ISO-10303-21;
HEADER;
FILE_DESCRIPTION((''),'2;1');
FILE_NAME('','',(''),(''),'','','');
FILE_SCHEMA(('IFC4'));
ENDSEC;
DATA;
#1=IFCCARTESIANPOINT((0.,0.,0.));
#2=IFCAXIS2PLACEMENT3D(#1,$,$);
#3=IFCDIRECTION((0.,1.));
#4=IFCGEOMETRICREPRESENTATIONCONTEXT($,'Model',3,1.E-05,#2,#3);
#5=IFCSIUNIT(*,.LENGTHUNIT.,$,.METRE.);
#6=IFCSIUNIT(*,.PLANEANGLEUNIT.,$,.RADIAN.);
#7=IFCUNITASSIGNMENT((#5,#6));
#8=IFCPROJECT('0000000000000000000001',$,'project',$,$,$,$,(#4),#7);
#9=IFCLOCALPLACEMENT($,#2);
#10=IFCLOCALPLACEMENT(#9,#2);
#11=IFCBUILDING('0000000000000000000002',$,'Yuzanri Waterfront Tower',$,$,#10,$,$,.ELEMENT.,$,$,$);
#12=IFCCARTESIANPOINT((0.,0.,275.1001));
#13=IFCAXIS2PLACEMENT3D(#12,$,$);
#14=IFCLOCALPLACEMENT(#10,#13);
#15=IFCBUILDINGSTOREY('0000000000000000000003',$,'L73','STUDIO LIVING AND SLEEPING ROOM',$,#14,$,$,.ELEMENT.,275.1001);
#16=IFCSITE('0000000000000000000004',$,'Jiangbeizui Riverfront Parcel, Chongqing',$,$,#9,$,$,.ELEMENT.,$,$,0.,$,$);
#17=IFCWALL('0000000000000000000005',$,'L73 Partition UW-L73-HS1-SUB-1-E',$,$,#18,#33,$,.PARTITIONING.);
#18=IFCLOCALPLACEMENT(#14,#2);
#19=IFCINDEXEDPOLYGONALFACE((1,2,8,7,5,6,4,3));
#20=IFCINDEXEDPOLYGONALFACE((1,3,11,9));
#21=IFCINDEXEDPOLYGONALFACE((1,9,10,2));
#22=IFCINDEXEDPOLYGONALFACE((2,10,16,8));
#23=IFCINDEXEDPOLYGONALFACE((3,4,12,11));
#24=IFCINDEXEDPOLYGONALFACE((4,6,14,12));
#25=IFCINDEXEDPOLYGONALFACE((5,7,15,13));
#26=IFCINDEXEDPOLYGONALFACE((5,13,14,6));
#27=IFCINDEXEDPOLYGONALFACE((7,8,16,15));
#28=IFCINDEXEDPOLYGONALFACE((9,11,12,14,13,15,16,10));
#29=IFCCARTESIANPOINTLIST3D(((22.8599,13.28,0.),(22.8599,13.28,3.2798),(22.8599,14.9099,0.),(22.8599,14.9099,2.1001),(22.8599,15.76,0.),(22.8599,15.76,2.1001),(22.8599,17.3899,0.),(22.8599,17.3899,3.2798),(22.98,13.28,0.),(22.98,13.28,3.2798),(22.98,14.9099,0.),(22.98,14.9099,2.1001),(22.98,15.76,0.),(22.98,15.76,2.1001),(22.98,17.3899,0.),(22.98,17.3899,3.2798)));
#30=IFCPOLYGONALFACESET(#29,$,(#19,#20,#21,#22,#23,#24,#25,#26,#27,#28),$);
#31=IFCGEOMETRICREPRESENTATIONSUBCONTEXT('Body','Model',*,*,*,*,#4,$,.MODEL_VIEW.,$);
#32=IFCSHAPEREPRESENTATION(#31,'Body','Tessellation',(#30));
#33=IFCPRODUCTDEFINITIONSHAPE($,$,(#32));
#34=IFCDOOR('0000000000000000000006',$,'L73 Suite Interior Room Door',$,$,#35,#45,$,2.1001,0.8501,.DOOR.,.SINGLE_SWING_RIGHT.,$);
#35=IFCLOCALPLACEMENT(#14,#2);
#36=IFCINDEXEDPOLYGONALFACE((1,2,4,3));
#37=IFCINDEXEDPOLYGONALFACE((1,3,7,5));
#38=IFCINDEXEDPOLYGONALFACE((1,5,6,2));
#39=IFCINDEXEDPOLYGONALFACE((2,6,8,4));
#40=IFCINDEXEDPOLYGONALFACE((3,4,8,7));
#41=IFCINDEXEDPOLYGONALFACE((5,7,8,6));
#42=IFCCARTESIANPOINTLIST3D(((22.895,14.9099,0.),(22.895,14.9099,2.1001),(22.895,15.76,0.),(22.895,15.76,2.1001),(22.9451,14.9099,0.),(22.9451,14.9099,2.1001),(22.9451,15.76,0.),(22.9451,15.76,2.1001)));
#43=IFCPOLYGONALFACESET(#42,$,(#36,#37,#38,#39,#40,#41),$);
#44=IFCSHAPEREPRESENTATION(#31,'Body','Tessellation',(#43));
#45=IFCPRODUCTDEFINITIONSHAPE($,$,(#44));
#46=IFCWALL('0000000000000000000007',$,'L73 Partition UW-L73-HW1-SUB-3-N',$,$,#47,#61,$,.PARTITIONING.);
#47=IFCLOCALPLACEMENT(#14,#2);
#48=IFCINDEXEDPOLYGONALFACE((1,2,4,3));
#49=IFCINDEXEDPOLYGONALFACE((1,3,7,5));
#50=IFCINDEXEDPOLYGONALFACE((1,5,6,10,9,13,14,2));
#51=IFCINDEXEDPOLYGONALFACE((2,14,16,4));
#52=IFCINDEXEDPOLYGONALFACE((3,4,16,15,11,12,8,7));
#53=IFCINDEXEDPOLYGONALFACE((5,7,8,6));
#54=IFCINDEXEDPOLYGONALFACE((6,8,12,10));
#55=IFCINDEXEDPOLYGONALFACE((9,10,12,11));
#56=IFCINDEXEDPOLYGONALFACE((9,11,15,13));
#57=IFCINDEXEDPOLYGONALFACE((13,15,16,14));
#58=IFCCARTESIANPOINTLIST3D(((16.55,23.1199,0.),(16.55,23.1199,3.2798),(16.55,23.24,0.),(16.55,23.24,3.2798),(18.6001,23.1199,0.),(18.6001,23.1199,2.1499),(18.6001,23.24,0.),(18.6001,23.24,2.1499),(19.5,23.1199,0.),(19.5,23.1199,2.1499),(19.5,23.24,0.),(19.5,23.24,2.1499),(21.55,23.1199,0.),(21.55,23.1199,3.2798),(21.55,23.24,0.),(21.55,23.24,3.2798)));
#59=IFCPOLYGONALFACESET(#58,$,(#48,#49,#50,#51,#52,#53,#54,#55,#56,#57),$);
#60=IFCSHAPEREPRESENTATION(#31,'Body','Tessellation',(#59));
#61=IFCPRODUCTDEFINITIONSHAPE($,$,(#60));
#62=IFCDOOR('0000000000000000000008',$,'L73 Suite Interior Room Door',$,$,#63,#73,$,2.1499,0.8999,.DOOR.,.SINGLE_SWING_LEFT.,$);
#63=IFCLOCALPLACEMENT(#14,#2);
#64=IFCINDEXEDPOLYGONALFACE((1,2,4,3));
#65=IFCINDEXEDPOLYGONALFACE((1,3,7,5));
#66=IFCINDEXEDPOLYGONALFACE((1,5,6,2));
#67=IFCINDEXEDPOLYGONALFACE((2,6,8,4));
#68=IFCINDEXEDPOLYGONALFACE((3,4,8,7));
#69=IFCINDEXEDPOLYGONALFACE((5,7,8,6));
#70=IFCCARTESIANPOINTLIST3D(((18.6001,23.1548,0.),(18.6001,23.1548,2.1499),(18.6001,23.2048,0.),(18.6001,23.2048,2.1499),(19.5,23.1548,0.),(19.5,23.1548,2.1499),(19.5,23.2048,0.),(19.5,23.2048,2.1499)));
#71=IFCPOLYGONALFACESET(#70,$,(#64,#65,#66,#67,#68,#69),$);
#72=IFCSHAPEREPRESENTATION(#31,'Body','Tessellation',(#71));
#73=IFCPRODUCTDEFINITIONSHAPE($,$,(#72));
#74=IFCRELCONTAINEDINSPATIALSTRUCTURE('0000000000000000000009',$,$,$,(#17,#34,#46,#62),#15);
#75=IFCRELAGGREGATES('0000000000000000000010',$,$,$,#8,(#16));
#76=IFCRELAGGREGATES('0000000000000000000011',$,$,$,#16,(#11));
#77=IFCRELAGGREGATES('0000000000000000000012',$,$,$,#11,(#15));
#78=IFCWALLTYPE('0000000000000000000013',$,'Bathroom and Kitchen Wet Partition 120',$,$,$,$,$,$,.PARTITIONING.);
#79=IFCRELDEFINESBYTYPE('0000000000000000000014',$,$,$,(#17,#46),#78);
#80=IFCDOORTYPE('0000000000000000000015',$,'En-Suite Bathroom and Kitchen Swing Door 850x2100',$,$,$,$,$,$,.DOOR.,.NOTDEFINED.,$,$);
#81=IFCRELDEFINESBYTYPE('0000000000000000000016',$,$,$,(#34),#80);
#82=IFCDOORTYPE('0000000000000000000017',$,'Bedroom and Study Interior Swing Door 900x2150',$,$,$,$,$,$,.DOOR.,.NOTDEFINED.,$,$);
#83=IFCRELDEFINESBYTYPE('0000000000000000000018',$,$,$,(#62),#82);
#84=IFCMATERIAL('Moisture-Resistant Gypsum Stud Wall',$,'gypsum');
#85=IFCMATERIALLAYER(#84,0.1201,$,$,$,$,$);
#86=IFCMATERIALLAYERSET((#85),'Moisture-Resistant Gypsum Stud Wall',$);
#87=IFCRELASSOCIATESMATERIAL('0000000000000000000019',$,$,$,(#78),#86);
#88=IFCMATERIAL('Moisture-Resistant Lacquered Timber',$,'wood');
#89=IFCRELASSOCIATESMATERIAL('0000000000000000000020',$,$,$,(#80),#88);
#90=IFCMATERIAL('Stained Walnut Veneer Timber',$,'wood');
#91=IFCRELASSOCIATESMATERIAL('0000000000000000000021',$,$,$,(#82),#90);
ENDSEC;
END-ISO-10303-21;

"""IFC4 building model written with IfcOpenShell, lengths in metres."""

from ifc_helpers import new_model, si_unit, direction, frame, frame_2d, origin, place, context, subcontext, project, spatial, rectangle, extrude, source, transform, mapped, material, layer, layer_set, type_object, element, fill, save


model = new_model("IFC4")

# Units and contexts
model_context = context("Model", 3, precision=1e-05, world=origin(), true_north=direction((0.0, 1.0)))
body_context = subcontext(model_context, "Body", "Model", "MODEL_VIEW")
ifc_project = project(units=[si_unit("LENGTHUNIT", "METRE"), si_unit("PLANEANGLEUNIT", "RADIAN")], contexts=[model_context])

# Site, building, storey
site_placement = place(None, origin())
site = spatial("IfcSite", under=ifc_project, at=site_placement, Name="Jiangbeizui Riverfront Parcel, Chongqing", CompositionType="ELEMENT", RefElevation=0.0)
building_placement = place(site_placement, origin())
building = spatial("IfcBuilding", under=site, at=building_placement, Name="Yuzanri Waterfront Tower", CompositionType="ELEMENT")
storey_placement = place(building_placement, frame((0.0, 0.0, 275.1001)))
storey = spatial("IfcBuildingStorey", under=building, at=storey_placement, Name="L73", Description="STUDIO LIVING AND SLEEPING ROOM", CompositionType="ELEMENT", Elevation=275.1001)

# Walls, openings, doors
ifc_material_1 = material(Name="Moisture-Resistant Gypsum Stud Wall", Category="gypsum")
ifc_layer_1 = layer(ifc_material_1, 0.1201)
ifc_layer_set_1 = layer_set([ifc_layer_1], Name="Moisture-Resistant Gypsum Stud Wall")
wall_type_1 = type_object("IfcWallType", Name="Bathroom and Kitchen Wet Partition 120", PredefinedType="PARTITIONING", material=ifc_layer_set_1)
wall_1_placement = place(storey_placement, frame((22.9199, 13.28, 0.0), z_axis=(0.0, 0.0, 1.0), x_axis=(0.0, 1.0, 0.0)))
wall_1 = element("IfcWall", 1, at=wall_1_placement, inside=storey, type_object=wall_type_1, Name="L73 Partition UW-L73-HS1-SUB-1-E", PredefinedType="PARTITIONING", context=body_context, shape_type="SweptSolid", body=[
    extrude(rectangle(XDim=4.1099, YDim=0.1201, at=frame_2d((2.0549, 0.0))), origin(), (0.0, 0.0, 1.0), 3.2798),
])
opening_1_placement = place(wall_1_placement, frame((1.6299, 0.0, 0.0)))
opening_1 = element("IfcOpeningElement", 2, at=opening_1_placement, cuts=wall_1, PredefinedType="OPENING", context=body_context, shape_type="SweptSolid", body=[
    extrude(rectangle(XDim=0.8501, YDim=2.1001, at=frame_2d((0.425, 1.05))), frame((0.0, 0.075, 0.0), z_axis=(0.0, -1.0, 0.0), x_axis=(1.0, 0.0, 0.0)), (0.0, 0.0, 1.0), 0.1499),
])
ifc_material_2 = material(Name="Moisture-Resistant Lacquered Timber", Category="wood")
door_type_1 = type_object("IfcDoorType", Name="En-Suite Bathroom and Kitchen Swing Door 850x2100", OperationType="NOTDEFINED", PredefinedType="DOOR", material=ifc_material_2)
shared_shape_1 = source(origin(), body_context, "Body", "SweptSolid", [
    extrude(rectangle(XDim=0.8501, YDim=2.1001, at=frame_2d((0.425, 1.05))), frame((0.0, 0.0249, 0.0), z_axis=(0.0, -1.0, 0.0), x_axis=(1.0, 0.0, 0.0)), (0.0, 0.0, 1.0), 0.05),
])
door_1_placement = place(opening_1_placement, origin())
door_1 = element("IfcDoor", 3, at=door_1_placement, inside=storey, type_object=door_type_1, Name="L73 Suite Interior Room Door", OperationType="SINGLE_SWING_RIGHT", OverallHeight=2.1001, OverallWidth=0.8501, PredefinedType="DOOR", context=body_context, shape_type="MappedRepresentation", body=[
    mapped(shared_shape_1, transform((0.0, 0.0, 0.0), scale=1.0)),
])
fill(opening_1, door_1)
wall_2_placement = place(storey_placement, frame((16.55, 23.1799, 0.0), z_axis=(0.0, 0.0, 1.0), x_axis=(1.0, 0.0, 0.0)))
wall_2 = element("IfcWall", 4, at=wall_2_placement, inside=storey, type_object=wall_type_1, Name="L73 Partition UW-L73-HW1-SUB-3-N", PredefinedType="PARTITIONING", context=body_context, shape_type="SweptSolid", body=[
    extrude(rectangle(XDim=5.0, YDim=0.1201, at=frame_2d((2.5, 0.0))), origin(), (0.0, 0.0, 1.0), 3.2798),
])
opening_2_placement = place(wall_2_placement, frame((2.05, 0.0, 0.0)))
opening_2 = element("IfcOpeningElement", 5, at=opening_2_placement, cuts=wall_2, PredefinedType="OPENING", context=body_context, shape_type="SweptSolid", body=[
    extrude(rectangle(XDim=0.8999, YDim=2.1499, at=frame_2d((0.45, 1.075))), frame((0.0, 0.075, 0.0), z_axis=(0.0, -1.0, 0.0), x_axis=(1.0, 0.0, 0.0)), (0.0, 0.0, 1.0), 0.1499),
])
ifc_material_3 = material(Name="Stained Walnut Veneer Timber", Category="wood")
door_type_2 = type_object("IfcDoorType", Name="Bedroom and Study Interior Swing Door 900x2150", OperationType="NOTDEFINED", PredefinedType="DOOR", material=ifc_material_3)
shared_shape_2 = source(origin(), body_context, "Body", "SweptSolid", [
    extrude(rectangle(XDim=0.8999, YDim=2.1499, at=frame_2d((0.45, 1.075))), frame((0.0, 0.0249, 0.0), z_axis=(0.0, -1.0, 0.0), x_axis=(1.0, 0.0, 0.0)), (0.0, 0.0, 1.0), 0.05),
])
door_2_placement = place(opening_2_placement, origin())
door_2 = element("IfcDoor", 6, at=door_2_placement, inside=storey, type_object=door_type_2, Name="L73 Suite Interior Room Door", OperationType="SINGLE_SWING_LEFT", OverallHeight=2.1499, OverallWidth=0.8999, PredefinedType="DOOR", context=body_context, shape_type="MappedRepresentation", body=[
    mapped(shared_shape_2, transform((0.0, 0.0, 0.0), scale=1.0)),
])
fill(opening_2, door_2)

save(model, "model.ifc")
